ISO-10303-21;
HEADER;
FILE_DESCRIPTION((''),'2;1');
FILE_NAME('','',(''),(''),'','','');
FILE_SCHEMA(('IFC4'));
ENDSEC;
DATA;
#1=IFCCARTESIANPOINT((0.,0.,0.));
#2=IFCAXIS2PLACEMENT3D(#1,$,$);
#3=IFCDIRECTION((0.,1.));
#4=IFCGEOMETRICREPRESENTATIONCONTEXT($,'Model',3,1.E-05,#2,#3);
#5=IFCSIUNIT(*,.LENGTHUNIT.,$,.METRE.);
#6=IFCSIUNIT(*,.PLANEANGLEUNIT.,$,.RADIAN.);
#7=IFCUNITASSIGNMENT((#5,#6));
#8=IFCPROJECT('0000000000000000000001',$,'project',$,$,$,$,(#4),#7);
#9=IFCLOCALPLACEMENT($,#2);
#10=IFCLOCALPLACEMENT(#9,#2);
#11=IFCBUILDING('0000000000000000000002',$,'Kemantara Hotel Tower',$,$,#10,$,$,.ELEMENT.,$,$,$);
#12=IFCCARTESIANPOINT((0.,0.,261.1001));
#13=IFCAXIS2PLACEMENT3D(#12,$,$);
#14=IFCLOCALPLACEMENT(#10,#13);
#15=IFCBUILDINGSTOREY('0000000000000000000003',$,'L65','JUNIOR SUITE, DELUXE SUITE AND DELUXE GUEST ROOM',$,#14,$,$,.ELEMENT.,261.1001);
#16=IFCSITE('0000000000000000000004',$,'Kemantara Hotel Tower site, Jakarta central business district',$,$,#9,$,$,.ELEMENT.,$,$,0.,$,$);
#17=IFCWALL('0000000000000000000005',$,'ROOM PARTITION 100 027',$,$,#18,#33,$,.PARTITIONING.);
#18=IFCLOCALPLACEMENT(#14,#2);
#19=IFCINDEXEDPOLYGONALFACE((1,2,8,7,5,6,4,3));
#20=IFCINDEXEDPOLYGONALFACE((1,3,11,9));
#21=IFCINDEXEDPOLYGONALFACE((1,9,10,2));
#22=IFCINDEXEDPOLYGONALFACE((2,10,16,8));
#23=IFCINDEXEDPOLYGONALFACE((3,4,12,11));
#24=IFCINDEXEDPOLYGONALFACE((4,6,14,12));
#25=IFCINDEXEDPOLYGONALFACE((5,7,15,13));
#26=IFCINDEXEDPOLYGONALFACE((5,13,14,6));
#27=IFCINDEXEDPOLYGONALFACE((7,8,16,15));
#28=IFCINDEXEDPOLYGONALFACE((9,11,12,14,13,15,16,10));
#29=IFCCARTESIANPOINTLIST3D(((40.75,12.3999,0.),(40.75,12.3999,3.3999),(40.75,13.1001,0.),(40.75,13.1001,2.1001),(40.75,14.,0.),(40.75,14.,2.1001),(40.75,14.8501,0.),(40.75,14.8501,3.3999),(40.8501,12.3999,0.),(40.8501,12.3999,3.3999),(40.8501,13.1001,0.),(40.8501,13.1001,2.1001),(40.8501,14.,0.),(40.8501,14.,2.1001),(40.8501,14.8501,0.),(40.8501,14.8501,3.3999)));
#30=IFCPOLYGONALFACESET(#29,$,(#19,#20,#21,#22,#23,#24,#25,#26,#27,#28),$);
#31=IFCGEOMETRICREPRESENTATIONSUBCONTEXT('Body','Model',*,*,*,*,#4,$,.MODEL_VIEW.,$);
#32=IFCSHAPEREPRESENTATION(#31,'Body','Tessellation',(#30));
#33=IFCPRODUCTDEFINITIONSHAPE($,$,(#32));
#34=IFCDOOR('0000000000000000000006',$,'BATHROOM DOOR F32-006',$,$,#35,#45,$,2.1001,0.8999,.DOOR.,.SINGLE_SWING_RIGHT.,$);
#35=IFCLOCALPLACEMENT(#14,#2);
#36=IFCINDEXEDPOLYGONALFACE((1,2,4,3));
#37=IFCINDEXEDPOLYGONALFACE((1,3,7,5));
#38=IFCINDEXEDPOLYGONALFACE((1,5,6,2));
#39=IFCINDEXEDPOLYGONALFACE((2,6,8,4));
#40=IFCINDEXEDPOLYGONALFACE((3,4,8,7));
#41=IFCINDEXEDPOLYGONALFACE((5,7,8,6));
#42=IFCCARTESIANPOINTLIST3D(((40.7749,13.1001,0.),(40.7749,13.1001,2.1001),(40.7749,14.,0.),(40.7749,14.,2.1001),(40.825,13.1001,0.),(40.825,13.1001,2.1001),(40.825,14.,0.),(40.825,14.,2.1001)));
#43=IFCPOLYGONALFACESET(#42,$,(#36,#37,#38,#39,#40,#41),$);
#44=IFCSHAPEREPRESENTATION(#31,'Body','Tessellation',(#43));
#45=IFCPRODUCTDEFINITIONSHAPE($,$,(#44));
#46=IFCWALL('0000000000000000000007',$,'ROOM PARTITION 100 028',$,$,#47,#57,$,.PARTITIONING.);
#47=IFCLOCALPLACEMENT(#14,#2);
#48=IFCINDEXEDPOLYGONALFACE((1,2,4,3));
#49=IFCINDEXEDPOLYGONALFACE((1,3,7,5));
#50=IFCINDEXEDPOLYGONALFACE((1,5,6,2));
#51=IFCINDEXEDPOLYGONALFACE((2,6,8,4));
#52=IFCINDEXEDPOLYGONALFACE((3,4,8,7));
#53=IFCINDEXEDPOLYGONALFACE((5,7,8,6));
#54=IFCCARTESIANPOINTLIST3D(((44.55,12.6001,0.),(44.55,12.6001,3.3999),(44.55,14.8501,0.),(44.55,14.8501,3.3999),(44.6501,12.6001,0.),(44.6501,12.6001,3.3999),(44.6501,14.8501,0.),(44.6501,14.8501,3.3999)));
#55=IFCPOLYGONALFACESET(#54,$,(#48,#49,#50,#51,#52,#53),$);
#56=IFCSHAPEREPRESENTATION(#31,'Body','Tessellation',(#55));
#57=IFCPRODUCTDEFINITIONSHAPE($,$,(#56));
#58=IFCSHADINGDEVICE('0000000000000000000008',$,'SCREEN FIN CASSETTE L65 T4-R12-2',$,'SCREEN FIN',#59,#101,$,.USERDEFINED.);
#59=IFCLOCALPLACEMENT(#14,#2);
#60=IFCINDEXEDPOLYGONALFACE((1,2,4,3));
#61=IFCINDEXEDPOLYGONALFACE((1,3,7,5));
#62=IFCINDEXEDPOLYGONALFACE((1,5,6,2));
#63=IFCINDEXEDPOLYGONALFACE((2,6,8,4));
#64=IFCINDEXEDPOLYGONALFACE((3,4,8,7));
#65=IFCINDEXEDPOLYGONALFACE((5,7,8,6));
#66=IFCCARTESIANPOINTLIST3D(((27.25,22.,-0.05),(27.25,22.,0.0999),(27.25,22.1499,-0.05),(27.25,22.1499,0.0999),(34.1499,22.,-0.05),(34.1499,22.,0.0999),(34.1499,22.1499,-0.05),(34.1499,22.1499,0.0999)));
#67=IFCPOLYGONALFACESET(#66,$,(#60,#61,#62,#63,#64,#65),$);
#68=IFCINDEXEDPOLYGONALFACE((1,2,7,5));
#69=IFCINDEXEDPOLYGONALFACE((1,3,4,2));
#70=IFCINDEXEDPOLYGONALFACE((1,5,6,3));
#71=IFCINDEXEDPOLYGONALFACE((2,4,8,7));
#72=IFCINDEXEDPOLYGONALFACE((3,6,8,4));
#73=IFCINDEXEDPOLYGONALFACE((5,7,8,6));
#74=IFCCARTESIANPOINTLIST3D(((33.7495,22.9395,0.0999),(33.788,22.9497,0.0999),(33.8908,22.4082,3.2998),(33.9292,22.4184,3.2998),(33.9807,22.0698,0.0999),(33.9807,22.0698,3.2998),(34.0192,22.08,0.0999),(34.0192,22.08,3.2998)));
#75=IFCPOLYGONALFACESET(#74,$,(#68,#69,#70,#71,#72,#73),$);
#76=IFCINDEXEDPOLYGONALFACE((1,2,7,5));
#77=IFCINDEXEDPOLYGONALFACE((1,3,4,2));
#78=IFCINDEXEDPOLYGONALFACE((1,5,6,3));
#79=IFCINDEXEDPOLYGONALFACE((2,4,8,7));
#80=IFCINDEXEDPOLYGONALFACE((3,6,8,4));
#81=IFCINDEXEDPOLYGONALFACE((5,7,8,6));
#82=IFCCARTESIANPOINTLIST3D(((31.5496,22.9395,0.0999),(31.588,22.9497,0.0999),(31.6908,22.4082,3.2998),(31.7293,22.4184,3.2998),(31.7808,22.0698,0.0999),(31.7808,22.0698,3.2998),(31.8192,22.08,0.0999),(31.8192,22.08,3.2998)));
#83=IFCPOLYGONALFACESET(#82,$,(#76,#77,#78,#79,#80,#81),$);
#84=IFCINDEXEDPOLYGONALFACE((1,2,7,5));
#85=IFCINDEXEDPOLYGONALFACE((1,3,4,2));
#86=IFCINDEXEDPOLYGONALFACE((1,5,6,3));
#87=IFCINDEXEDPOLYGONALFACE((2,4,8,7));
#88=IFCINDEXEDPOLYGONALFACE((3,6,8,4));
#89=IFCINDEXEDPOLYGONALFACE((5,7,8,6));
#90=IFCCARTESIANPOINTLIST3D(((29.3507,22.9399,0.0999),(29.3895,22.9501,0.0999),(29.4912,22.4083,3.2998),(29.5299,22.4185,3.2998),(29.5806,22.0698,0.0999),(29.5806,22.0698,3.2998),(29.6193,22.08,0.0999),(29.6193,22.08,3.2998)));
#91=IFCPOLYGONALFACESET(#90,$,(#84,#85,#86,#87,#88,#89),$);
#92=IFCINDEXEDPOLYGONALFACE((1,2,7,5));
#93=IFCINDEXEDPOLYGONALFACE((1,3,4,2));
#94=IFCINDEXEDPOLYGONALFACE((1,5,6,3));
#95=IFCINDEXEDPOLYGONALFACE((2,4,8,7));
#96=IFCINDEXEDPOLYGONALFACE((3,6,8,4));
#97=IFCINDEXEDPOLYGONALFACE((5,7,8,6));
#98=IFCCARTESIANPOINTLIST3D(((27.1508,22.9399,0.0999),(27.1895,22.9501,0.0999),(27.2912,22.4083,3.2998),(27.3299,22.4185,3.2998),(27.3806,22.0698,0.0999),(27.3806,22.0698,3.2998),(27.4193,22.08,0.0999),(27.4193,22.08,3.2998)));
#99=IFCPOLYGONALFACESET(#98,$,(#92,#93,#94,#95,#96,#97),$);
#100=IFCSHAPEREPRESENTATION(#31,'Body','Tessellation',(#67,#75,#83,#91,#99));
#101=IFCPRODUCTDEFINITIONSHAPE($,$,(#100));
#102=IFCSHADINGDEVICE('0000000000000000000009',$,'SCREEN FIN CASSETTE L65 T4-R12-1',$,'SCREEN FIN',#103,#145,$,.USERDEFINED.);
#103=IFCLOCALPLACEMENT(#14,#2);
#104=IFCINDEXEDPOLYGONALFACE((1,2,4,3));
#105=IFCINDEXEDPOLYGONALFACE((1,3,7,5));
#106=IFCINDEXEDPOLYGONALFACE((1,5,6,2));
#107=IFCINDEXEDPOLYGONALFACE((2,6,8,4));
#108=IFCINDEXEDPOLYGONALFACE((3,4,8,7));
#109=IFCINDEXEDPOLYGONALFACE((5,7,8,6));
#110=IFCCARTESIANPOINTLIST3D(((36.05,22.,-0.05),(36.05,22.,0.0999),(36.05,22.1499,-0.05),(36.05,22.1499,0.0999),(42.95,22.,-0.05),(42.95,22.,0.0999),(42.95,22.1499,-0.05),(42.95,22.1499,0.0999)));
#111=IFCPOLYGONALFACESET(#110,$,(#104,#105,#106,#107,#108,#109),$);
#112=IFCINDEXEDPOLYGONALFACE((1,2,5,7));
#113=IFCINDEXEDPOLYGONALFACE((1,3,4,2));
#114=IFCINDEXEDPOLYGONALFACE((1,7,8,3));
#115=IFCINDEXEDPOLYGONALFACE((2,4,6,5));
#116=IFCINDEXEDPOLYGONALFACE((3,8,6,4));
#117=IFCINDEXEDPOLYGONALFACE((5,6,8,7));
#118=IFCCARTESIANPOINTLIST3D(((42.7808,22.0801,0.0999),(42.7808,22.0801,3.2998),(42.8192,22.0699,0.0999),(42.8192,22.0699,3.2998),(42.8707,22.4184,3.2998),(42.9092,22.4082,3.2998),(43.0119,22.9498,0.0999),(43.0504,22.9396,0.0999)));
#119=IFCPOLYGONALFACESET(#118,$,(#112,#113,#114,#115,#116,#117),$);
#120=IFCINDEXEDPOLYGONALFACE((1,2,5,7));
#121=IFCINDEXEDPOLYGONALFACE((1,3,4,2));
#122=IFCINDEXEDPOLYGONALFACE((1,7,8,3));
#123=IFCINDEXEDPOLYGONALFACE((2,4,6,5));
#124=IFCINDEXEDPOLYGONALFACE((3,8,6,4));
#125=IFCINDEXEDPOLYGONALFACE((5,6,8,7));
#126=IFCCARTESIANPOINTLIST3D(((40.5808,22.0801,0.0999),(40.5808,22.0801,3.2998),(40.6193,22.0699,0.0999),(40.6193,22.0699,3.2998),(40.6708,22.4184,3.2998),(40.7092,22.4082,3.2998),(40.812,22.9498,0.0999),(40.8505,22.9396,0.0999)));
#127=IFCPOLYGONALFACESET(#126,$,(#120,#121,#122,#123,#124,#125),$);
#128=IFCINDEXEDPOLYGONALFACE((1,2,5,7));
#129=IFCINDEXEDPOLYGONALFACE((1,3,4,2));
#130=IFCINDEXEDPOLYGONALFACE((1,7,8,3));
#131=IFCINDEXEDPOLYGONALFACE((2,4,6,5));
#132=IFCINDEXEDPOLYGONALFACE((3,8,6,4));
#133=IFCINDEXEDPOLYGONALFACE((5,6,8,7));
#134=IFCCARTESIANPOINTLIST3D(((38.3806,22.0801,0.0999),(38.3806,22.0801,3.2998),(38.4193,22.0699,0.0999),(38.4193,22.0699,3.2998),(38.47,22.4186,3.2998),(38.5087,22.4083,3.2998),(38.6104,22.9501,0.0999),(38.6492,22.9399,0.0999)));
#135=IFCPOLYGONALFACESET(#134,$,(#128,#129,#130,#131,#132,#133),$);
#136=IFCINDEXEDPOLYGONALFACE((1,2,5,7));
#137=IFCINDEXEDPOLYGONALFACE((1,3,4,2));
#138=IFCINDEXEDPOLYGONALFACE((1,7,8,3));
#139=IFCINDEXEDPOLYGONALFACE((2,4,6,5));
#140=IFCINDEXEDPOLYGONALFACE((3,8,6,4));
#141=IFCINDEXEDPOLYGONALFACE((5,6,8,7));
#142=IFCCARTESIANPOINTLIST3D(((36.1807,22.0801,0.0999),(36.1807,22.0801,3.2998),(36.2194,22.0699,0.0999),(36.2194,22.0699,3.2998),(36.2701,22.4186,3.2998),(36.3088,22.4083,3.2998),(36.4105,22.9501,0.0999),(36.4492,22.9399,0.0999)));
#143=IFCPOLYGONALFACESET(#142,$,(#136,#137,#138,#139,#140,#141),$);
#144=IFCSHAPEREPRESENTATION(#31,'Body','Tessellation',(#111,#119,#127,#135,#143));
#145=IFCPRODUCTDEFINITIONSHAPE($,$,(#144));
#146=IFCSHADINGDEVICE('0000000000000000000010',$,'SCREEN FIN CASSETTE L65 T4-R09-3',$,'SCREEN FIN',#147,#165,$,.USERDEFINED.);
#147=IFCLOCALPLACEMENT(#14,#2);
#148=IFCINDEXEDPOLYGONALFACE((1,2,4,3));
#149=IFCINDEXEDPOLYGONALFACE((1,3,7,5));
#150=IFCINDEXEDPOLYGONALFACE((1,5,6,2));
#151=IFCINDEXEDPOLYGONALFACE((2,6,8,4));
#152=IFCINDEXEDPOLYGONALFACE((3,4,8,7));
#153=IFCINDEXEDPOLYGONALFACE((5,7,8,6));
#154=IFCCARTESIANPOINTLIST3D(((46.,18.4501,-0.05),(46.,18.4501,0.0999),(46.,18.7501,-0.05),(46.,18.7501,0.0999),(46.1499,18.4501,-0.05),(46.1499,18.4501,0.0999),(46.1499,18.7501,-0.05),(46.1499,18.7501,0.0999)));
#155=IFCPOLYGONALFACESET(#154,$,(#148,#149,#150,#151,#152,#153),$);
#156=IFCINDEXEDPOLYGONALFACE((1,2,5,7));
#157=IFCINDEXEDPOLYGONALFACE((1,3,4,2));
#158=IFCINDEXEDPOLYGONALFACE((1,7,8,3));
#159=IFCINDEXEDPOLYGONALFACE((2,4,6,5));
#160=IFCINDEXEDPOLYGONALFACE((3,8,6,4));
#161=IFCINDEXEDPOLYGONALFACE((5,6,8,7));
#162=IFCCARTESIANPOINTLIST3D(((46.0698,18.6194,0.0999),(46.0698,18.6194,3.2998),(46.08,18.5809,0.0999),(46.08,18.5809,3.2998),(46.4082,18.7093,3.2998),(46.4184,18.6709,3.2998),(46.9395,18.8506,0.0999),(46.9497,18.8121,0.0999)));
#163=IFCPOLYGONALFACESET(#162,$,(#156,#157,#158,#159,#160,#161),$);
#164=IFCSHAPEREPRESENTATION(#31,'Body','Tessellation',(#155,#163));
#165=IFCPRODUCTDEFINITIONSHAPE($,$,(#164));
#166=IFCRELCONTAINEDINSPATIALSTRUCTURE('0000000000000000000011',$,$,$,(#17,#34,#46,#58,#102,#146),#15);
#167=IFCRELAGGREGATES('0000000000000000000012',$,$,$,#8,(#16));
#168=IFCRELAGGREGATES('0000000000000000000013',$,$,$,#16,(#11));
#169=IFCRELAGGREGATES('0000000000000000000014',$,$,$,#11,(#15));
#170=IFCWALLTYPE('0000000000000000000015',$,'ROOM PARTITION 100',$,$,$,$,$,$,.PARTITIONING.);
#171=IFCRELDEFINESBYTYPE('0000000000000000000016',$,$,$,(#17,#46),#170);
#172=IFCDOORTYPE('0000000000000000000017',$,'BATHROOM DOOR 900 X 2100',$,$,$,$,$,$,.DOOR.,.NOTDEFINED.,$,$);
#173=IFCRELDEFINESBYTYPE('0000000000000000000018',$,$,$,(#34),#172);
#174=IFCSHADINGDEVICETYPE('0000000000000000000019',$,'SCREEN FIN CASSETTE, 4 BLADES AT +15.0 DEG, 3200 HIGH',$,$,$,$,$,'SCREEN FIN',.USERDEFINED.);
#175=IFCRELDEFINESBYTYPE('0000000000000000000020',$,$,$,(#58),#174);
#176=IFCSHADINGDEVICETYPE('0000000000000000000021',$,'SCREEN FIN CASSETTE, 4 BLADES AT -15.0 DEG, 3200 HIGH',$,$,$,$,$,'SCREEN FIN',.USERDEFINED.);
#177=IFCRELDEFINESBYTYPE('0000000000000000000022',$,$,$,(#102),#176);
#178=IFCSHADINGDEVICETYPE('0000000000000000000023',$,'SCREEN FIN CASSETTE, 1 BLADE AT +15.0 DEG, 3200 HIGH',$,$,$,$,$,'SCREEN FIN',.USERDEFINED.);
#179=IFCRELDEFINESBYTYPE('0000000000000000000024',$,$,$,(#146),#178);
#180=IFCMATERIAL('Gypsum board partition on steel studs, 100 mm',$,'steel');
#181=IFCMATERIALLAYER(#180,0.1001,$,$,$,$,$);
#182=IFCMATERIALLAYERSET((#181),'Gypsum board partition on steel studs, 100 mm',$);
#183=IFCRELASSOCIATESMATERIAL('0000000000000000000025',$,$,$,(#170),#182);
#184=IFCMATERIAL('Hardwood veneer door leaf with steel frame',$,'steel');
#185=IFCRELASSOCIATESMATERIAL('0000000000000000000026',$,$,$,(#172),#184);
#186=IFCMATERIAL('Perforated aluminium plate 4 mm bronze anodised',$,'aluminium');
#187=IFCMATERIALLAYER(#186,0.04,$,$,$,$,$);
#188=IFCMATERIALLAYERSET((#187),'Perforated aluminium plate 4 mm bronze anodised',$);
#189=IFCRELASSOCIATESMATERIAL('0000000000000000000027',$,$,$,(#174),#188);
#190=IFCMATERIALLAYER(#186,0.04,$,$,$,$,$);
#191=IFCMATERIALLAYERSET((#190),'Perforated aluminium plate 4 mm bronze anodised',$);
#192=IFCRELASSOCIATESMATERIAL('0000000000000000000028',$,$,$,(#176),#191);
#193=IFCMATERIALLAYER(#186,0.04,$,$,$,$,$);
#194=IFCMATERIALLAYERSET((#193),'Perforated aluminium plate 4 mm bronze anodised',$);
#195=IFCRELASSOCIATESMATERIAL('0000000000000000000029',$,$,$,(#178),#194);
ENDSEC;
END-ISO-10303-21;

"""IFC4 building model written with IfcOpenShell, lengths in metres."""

from ifc_helpers import new_model, si_unit, direction, frame, frame_2d, origin, origin_2d, place, context, subcontext, project, spatial, polyline, rectangle, outline, extrude, source, transform, mapped, material, layer, layer_set, type_object, element, fill, save


model = new_model("IFC4")

# Units and contexts
model_context = context("Model", 3, precision=1e-05, world=origin(), true_north=direction((0.0, 1.0)))
body_context = subcontext(model_context, "Body", "Model", "MODEL_VIEW")
ifc_project = project(units=[si_unit("LENGTHUNIT", "METRE"), si_unit("PLANEANGLEUNIT", "RADIAN")], contexts=[model_context])

# Site, building, storey
site_placement = place(None, origin())
site = spatial("IfcSite", under=ifc_project, at=site_placement, Name="Kemantara Hotel Tower site, Jakarta central business district", CompositionType="ELEMENT", RefElevation=0.0)
building_placement = place(site_placement, origin())
building = spatial("IfcBuilding", under=site, at=building_placement, Name="Kemantara Hotel Tower", CompositionType="ELEMENT")
storey_placement = place(building_placement, frame((0.0, 0.0, 261.1001)))
storey = spatial("IfcBuildingStorey", under=building, at=storey_placement, Name="L65", Description="JUNIOR SUITE, DELUXE SUITE AND DELUXE GUEST ROOM", CompositionType="ELEMENT", Elevation=261.1001)

# Shared definitions
ifc_material_1 = material(Name="Gypsum board partition on steel studs, 100 mm", Category="steel")
ifc_layer_1 = layer(ifc_material_1, 0.1001)
ifc_layer_set_1 = layer_set([ifc_layer_1], Name="Gypsum board partition on steel studs, 100 mm")
wall_type_1 = type_object("IfcWallType", Name="ROOM PARTITION 100", PredefinedType="PARTITIONING", material=ifc_layer_set_1)

# Wall, opening, door
wall_1_placement = place(storey_placement, frame((40.8, 14.8501, 0.0), z_axis=(0.0, 0.0, 1.0), x_axis=(0.0, -1.0, 0.0)))
wall_1 = element("IfcWall", 1, at=wall_1_placement, inside=storey, type_object=wall_type_1, Name="ROOM PARTITION 100 027", PredefinedType="PARTITIONING", context=body_context, shape_type="SweptSolid", body=[
    extrude(rectangle(XDim=2.4502, YDim=0.1001, at=frame_2d((1.2251, 0.0))), origin(), (0.0, 0.0, 1.0), 3.3999),
])
opening_placement = place(wall_1_placement, frame((0.8501, 0.0, 0.0)))
opening = element("IfcOpeningElement", 2, at=opening_placement, cuts=wall_1, PredefinedType="OPENING", context=body_context, shape_type="SweptSolid", body=[
    extrude(rectangle(XDim=0.8999, YDim=2.1001, at=frame_2d((0.45, 1.05))), frame((0.0, 0.0601, 0.0), z_axis=(0.0, -1.0, 0.0), x_axis=(1.0, 0.0, 0.0)), (0.0, 0.0, 1.0), 0.1201),
])
ifc_material_2 = material(Name="Hardwood veneer door leaf with steel frame", Category="steel")
door_type = type_object("IfcDoorType", Name="BATHROOM DOOR 900 X 2100", OperationType="NOTDEFINED", PredefinedType="DOOR", material=ifc_material_2)
door_placement = place(opening_placement, origin())
door = element("IfcDoor", 3, at=door_placement, inside=storey, type_object=door_type, Name="BATHROOM DOOR F32-006", OperationType="SINGLE_SWING_RIGHT", OverallHeight=2.1001, OverallWidth=0.8999, PredefinedType="DOOR", context=body_context, shape_type="SweptSolid", body=[
    extrude(rectangle(XDim=0.8999, YDim=2.1001, at=frame_2d((0.45, 1.05))), frame((0.0, 0.0249, 0.0), z_axis=(0.0, -1.0, 0.0), x_axis=(1.0, 0.0, 0.0)), (0.0, 0.0, 1.0), 0.05),
])
fill(opening, door)

# Wall
wall_2_placement = place(storey_placement, frame((44.6001, 12.6001, 0.0), z_axis=(0.0, 0.0, 1.0), x_axis=(0.0, 1.0, 0.0)))
element("IfcWall", 4, at=wall_2_placement, inside=storey, type_object=wall_type_1, Name="ROOM PARTITION 100 028", PredefinedType="PARTITIONING", context=body_context, shape_type="SweptSolid", body=[
    extrude(rectangle(XDim=2.25, YDim=0.1001, at=frame_2d((1.125, 0.0))), origin(), (0.0, 0.0, 1.0), 3.3999),
])

# Shading devices
ifc_material_3 = material(Name="Perforated aluminium plate 4 mm bronze anodised", Category="aluminium")
ifc_layer_2 = layer(ifc_material_3, 0.04)
ifc_layer_set_2 = layer_set([ifc_layer_2], Name="Perforated aluminium plate 4 mm bronze anodised")
shading_device_type_1 = type_object("IfcShadingDeviceType", Name="SCREEN FIN CASSETTE, 4 BLADES AT +15.0 DEG, 3200 HIGH", ElementType="SCREEN FIN", PredefinedType="USERDEFINED", material=ifc_layer_set_2)
shared_shape_1 = source(origin(), body_context, "Body", "SweptSolid", [
    extrude(rectangle(XDim=6.8999, YDim=0.1499, at=origin_2d()), frame((3.3, -0.075, -0.1499), z_axis=(0.0, 0.0, 1.0), x_axis=(1.0, 0.0, 0.0)), (0.0, 0.0, 1.0), 0.1499),
    extrude(outline(polyline([(0.0, 0.0), (0.8999, 0.0), (0.3501, 3.2), (0.0, 3.2), (0.0, 0.0)])), frame((0.0193, -0.0698, 0.0), z_axis=(-0.966438, -0.256901, 0.0), x_axis=(0.256901, -0.966438, 0.0)), (0.0, 0.0, 1.0), 0.0398),
    extrude(outline(polyline([(0.0, 0.0), (0.8999, 0.0), (0.3501, 3.2), (0.0, 3.2), (0.0, 0.0)])), frame((2.2192, -0.0698, 0.0), z_axis=(-0.966438, -0.256901, 0.0), x_axis=(0.256901, -0.966438, 0.0)), (0.0, 0.0, 1.0), 0.0398),
    extrude(outline(polyline([(0.0, 0.0), (0.8999, 0.0), (0.3501, 3.2), (0.0, 3.2), (0.0, 0.0)])), frame((4.4194, -0.0698, 0.0), z_axis=(-0.966838, -0.255391, 0.0), x_axis=(0.255391, -0.966838, 0.0)), (0.0, 0.0, 1.0), 0.04),
    extrude(outline(polyline([(0.0, 0.0), (0.8999, 0.0), (0.3501, 3.2), (0.0, 3.2), (0.0, 0.0)])), frame((6.6194, -0.0698, 0.0), z_axis=(-0.966838, -0.255391, 0.0), x_axis=(0.255391, -0.966838, 0.0)), (0.0, 0.0, 1.0), 0.04),
])
shading_device_1_placement = place(storey_placement, frame((34.0, 22.0, 0.0999), z_axis=(0.0, 0.0, 1.0), x_axis=(-1.0, 0.0, 0.0)))
element("IfcShadingDevice", 5, at=shading_device_1_placement, inside=storey, type_object=shading_device_type_1, Name="SCREEN FIN CASSETTE L65 T4-R12-2", ObjectType="SCREEN FIN", PredefinedType="USERDEFINED", context=body_context, shape_type="MappedRepresentation", body=[
    mapped(shared_shape_1, transform((0.0, 0.0, 0.0))),
])
ifc_layer_3 = layer(ifc_material_3, 0.04)
ifc_layer_set_3 = layer_set([ifc_layer_3], Name="Perforated aluminium plate 4 mm bronze anodised")
shading_device_type_2 = type_object("IfcShadingDeviceType", Name="SCREEN FIN CASSETTE, 4 BLADES AT -15.0 DEG, 3200 HIGH", ElementType="SCREEN FIN", PredefinedType="USERDEFINED", material=ifc_layer_set_3)
shared_shape_2 = source(origin(), body_context, "Body", "SweptSolid", [
    extrude(rectangle(XDim=6.8999, YDim=0.1499, at=origin_2d()), frame((3.3, -0.075, -0.1499), z_axis=(0.0, 0.0, 1.0), x_axis=(1.0, 0.0, 0.0)), (0.0, 0.0, 1.0), 0.1499),
    extrude(outline(polyline([(0.0, 0.0), (0.8999, 0.0), (0.3501, 3.2), (0.0, 3.2), (0.0, 0.0)])), frame((0.0193, -0.0801, 0.0), z_axis=(-0.966438, 0.256901, 0.0), x_axis=(-0.256901, -0.966438, 0.0)), (0.0, 0.0, 1.0), 0.0398),
    extrude(outline(polyline([(0.0, 0.0), (0.8999, 0.0), (0.3501, 3.2), (0.0, 3.2), (0.0, 0.0)])), frame((2.2192, -0.0801, 0.0), z_axis=(-0.966438, 0.256901, 0.0), x_axis=(-0.256901, -0.966438, 0.0)), (0.0, 0.0, 1.0), 0.0398),
    extrude(outline(polyline([(0.0, 0.0), (0.8999, 0.0), (0.3501, 3.2), (0.0, 3.2), (0.0, 0.0)])), frame((4.4194, -0.0801, 0.0), z_axis=(-0.966838, 0.255391, 0.0), x_axis=(-0.255391, -0.966838, 0.0)), (0.0, 0.0, 1.0), 0.04),
    extrude(outline(polyline([(0.0, 0.0), (0.8999, 0.0), (0.3501, 3.2), (0.0, 3.2), (0.0, 0.0)])), frame((6.6194, -0.0801, 0.0), z_axis=(-0.966838, 0.255391, 0.0), x_axis=(-0.255391, -0.966838, 0.0)), (0.0, 0.0, 1.0), 0.04),
])
shading_device_2_placement = place(storey_placement, frame((42.8, 22.0, 0.0999), z_axis=(0.0, 0.0, 1.0), x_axis=(-1.0, 0.0, 0.0)))
element("IfcShadingDevice", 6, at=shading_device_2_placement, inside=storey, type_object=shading_device_type_2, Name="SCREEN FIN CASSETTE L65 T4-R12-1", ObjectType="SCREEN FIN", PredefinedType="USERDEFINED", context=body_context, shape_type="MappedRepresentation", body=[
    mapped(shared_shape_2, transform((0.0, 0.0, 0.0))),
])
ifc_layer_4 = layer(ifc_material_3, 0.04)
ifc_layer_set_4 = layer_set([ifc_layer_4], Name="Perforated aluminium plate 4 mm bronze anodised")
shading_device_type_3 = type_object("IfcShadingDeviceType", Name="SCREEN FIN CASSETTE, 1 BLADE AT +15.0 DEG, 3200 HIGH", ElementType="SCREEN FIN", PredefinedType="USERDEFINED", material=ifc_layer_set_4)
shared_shape_3 = source(origin(), body_context, "Body", "SweptSolid", [
    extrude(rectangle(XDim=0.3, YDim=0.1499, at=origin_2d()), frame((0.0, -0.075, -0.1499), z_axis=(0.0, 0.0, 1.0), x_axis=(1.0, 0.0, 0.0)), (0.0, 0.0, 1.0), 0.1499),
    extrude(outline(polyline([(0.0, 0.0), (0.8999, 0.0), (0.3501, 3.2), (0.0, 3.2), (0.0, 0.0)])), frame((0.0193, -0.0698, 0.0), z_axis=(-0.966438, -0.256901, 0.0), x_axis=(0.256901, -0.966438, 0.0)), (0.0, 0.0, 1.0), 0.0398),
])
shading_device_3_placement = place(storey_placement, frame((46.0, 18.6001, 0.0999), z_axis=(0.0, 0.0, 1.0), x_axis=(0.0, 1.0, 0.0)))
element("IfcShadingDevice", 7, at=shading_device_3_placement, inside=storey, type_object=shading_device_type_3, Name="SCREEN FIN CASSETTE L65 T4-R09-3", ObjectType="SCREEN FIN", PredefinedType="USERDEFINED", context=body_context, shape_type="MappedRepresentation", body=[
    mapped(shared_shape_3, transform((0.0, 0.0, 0.0))),
])

save(model, "model.ifc")
